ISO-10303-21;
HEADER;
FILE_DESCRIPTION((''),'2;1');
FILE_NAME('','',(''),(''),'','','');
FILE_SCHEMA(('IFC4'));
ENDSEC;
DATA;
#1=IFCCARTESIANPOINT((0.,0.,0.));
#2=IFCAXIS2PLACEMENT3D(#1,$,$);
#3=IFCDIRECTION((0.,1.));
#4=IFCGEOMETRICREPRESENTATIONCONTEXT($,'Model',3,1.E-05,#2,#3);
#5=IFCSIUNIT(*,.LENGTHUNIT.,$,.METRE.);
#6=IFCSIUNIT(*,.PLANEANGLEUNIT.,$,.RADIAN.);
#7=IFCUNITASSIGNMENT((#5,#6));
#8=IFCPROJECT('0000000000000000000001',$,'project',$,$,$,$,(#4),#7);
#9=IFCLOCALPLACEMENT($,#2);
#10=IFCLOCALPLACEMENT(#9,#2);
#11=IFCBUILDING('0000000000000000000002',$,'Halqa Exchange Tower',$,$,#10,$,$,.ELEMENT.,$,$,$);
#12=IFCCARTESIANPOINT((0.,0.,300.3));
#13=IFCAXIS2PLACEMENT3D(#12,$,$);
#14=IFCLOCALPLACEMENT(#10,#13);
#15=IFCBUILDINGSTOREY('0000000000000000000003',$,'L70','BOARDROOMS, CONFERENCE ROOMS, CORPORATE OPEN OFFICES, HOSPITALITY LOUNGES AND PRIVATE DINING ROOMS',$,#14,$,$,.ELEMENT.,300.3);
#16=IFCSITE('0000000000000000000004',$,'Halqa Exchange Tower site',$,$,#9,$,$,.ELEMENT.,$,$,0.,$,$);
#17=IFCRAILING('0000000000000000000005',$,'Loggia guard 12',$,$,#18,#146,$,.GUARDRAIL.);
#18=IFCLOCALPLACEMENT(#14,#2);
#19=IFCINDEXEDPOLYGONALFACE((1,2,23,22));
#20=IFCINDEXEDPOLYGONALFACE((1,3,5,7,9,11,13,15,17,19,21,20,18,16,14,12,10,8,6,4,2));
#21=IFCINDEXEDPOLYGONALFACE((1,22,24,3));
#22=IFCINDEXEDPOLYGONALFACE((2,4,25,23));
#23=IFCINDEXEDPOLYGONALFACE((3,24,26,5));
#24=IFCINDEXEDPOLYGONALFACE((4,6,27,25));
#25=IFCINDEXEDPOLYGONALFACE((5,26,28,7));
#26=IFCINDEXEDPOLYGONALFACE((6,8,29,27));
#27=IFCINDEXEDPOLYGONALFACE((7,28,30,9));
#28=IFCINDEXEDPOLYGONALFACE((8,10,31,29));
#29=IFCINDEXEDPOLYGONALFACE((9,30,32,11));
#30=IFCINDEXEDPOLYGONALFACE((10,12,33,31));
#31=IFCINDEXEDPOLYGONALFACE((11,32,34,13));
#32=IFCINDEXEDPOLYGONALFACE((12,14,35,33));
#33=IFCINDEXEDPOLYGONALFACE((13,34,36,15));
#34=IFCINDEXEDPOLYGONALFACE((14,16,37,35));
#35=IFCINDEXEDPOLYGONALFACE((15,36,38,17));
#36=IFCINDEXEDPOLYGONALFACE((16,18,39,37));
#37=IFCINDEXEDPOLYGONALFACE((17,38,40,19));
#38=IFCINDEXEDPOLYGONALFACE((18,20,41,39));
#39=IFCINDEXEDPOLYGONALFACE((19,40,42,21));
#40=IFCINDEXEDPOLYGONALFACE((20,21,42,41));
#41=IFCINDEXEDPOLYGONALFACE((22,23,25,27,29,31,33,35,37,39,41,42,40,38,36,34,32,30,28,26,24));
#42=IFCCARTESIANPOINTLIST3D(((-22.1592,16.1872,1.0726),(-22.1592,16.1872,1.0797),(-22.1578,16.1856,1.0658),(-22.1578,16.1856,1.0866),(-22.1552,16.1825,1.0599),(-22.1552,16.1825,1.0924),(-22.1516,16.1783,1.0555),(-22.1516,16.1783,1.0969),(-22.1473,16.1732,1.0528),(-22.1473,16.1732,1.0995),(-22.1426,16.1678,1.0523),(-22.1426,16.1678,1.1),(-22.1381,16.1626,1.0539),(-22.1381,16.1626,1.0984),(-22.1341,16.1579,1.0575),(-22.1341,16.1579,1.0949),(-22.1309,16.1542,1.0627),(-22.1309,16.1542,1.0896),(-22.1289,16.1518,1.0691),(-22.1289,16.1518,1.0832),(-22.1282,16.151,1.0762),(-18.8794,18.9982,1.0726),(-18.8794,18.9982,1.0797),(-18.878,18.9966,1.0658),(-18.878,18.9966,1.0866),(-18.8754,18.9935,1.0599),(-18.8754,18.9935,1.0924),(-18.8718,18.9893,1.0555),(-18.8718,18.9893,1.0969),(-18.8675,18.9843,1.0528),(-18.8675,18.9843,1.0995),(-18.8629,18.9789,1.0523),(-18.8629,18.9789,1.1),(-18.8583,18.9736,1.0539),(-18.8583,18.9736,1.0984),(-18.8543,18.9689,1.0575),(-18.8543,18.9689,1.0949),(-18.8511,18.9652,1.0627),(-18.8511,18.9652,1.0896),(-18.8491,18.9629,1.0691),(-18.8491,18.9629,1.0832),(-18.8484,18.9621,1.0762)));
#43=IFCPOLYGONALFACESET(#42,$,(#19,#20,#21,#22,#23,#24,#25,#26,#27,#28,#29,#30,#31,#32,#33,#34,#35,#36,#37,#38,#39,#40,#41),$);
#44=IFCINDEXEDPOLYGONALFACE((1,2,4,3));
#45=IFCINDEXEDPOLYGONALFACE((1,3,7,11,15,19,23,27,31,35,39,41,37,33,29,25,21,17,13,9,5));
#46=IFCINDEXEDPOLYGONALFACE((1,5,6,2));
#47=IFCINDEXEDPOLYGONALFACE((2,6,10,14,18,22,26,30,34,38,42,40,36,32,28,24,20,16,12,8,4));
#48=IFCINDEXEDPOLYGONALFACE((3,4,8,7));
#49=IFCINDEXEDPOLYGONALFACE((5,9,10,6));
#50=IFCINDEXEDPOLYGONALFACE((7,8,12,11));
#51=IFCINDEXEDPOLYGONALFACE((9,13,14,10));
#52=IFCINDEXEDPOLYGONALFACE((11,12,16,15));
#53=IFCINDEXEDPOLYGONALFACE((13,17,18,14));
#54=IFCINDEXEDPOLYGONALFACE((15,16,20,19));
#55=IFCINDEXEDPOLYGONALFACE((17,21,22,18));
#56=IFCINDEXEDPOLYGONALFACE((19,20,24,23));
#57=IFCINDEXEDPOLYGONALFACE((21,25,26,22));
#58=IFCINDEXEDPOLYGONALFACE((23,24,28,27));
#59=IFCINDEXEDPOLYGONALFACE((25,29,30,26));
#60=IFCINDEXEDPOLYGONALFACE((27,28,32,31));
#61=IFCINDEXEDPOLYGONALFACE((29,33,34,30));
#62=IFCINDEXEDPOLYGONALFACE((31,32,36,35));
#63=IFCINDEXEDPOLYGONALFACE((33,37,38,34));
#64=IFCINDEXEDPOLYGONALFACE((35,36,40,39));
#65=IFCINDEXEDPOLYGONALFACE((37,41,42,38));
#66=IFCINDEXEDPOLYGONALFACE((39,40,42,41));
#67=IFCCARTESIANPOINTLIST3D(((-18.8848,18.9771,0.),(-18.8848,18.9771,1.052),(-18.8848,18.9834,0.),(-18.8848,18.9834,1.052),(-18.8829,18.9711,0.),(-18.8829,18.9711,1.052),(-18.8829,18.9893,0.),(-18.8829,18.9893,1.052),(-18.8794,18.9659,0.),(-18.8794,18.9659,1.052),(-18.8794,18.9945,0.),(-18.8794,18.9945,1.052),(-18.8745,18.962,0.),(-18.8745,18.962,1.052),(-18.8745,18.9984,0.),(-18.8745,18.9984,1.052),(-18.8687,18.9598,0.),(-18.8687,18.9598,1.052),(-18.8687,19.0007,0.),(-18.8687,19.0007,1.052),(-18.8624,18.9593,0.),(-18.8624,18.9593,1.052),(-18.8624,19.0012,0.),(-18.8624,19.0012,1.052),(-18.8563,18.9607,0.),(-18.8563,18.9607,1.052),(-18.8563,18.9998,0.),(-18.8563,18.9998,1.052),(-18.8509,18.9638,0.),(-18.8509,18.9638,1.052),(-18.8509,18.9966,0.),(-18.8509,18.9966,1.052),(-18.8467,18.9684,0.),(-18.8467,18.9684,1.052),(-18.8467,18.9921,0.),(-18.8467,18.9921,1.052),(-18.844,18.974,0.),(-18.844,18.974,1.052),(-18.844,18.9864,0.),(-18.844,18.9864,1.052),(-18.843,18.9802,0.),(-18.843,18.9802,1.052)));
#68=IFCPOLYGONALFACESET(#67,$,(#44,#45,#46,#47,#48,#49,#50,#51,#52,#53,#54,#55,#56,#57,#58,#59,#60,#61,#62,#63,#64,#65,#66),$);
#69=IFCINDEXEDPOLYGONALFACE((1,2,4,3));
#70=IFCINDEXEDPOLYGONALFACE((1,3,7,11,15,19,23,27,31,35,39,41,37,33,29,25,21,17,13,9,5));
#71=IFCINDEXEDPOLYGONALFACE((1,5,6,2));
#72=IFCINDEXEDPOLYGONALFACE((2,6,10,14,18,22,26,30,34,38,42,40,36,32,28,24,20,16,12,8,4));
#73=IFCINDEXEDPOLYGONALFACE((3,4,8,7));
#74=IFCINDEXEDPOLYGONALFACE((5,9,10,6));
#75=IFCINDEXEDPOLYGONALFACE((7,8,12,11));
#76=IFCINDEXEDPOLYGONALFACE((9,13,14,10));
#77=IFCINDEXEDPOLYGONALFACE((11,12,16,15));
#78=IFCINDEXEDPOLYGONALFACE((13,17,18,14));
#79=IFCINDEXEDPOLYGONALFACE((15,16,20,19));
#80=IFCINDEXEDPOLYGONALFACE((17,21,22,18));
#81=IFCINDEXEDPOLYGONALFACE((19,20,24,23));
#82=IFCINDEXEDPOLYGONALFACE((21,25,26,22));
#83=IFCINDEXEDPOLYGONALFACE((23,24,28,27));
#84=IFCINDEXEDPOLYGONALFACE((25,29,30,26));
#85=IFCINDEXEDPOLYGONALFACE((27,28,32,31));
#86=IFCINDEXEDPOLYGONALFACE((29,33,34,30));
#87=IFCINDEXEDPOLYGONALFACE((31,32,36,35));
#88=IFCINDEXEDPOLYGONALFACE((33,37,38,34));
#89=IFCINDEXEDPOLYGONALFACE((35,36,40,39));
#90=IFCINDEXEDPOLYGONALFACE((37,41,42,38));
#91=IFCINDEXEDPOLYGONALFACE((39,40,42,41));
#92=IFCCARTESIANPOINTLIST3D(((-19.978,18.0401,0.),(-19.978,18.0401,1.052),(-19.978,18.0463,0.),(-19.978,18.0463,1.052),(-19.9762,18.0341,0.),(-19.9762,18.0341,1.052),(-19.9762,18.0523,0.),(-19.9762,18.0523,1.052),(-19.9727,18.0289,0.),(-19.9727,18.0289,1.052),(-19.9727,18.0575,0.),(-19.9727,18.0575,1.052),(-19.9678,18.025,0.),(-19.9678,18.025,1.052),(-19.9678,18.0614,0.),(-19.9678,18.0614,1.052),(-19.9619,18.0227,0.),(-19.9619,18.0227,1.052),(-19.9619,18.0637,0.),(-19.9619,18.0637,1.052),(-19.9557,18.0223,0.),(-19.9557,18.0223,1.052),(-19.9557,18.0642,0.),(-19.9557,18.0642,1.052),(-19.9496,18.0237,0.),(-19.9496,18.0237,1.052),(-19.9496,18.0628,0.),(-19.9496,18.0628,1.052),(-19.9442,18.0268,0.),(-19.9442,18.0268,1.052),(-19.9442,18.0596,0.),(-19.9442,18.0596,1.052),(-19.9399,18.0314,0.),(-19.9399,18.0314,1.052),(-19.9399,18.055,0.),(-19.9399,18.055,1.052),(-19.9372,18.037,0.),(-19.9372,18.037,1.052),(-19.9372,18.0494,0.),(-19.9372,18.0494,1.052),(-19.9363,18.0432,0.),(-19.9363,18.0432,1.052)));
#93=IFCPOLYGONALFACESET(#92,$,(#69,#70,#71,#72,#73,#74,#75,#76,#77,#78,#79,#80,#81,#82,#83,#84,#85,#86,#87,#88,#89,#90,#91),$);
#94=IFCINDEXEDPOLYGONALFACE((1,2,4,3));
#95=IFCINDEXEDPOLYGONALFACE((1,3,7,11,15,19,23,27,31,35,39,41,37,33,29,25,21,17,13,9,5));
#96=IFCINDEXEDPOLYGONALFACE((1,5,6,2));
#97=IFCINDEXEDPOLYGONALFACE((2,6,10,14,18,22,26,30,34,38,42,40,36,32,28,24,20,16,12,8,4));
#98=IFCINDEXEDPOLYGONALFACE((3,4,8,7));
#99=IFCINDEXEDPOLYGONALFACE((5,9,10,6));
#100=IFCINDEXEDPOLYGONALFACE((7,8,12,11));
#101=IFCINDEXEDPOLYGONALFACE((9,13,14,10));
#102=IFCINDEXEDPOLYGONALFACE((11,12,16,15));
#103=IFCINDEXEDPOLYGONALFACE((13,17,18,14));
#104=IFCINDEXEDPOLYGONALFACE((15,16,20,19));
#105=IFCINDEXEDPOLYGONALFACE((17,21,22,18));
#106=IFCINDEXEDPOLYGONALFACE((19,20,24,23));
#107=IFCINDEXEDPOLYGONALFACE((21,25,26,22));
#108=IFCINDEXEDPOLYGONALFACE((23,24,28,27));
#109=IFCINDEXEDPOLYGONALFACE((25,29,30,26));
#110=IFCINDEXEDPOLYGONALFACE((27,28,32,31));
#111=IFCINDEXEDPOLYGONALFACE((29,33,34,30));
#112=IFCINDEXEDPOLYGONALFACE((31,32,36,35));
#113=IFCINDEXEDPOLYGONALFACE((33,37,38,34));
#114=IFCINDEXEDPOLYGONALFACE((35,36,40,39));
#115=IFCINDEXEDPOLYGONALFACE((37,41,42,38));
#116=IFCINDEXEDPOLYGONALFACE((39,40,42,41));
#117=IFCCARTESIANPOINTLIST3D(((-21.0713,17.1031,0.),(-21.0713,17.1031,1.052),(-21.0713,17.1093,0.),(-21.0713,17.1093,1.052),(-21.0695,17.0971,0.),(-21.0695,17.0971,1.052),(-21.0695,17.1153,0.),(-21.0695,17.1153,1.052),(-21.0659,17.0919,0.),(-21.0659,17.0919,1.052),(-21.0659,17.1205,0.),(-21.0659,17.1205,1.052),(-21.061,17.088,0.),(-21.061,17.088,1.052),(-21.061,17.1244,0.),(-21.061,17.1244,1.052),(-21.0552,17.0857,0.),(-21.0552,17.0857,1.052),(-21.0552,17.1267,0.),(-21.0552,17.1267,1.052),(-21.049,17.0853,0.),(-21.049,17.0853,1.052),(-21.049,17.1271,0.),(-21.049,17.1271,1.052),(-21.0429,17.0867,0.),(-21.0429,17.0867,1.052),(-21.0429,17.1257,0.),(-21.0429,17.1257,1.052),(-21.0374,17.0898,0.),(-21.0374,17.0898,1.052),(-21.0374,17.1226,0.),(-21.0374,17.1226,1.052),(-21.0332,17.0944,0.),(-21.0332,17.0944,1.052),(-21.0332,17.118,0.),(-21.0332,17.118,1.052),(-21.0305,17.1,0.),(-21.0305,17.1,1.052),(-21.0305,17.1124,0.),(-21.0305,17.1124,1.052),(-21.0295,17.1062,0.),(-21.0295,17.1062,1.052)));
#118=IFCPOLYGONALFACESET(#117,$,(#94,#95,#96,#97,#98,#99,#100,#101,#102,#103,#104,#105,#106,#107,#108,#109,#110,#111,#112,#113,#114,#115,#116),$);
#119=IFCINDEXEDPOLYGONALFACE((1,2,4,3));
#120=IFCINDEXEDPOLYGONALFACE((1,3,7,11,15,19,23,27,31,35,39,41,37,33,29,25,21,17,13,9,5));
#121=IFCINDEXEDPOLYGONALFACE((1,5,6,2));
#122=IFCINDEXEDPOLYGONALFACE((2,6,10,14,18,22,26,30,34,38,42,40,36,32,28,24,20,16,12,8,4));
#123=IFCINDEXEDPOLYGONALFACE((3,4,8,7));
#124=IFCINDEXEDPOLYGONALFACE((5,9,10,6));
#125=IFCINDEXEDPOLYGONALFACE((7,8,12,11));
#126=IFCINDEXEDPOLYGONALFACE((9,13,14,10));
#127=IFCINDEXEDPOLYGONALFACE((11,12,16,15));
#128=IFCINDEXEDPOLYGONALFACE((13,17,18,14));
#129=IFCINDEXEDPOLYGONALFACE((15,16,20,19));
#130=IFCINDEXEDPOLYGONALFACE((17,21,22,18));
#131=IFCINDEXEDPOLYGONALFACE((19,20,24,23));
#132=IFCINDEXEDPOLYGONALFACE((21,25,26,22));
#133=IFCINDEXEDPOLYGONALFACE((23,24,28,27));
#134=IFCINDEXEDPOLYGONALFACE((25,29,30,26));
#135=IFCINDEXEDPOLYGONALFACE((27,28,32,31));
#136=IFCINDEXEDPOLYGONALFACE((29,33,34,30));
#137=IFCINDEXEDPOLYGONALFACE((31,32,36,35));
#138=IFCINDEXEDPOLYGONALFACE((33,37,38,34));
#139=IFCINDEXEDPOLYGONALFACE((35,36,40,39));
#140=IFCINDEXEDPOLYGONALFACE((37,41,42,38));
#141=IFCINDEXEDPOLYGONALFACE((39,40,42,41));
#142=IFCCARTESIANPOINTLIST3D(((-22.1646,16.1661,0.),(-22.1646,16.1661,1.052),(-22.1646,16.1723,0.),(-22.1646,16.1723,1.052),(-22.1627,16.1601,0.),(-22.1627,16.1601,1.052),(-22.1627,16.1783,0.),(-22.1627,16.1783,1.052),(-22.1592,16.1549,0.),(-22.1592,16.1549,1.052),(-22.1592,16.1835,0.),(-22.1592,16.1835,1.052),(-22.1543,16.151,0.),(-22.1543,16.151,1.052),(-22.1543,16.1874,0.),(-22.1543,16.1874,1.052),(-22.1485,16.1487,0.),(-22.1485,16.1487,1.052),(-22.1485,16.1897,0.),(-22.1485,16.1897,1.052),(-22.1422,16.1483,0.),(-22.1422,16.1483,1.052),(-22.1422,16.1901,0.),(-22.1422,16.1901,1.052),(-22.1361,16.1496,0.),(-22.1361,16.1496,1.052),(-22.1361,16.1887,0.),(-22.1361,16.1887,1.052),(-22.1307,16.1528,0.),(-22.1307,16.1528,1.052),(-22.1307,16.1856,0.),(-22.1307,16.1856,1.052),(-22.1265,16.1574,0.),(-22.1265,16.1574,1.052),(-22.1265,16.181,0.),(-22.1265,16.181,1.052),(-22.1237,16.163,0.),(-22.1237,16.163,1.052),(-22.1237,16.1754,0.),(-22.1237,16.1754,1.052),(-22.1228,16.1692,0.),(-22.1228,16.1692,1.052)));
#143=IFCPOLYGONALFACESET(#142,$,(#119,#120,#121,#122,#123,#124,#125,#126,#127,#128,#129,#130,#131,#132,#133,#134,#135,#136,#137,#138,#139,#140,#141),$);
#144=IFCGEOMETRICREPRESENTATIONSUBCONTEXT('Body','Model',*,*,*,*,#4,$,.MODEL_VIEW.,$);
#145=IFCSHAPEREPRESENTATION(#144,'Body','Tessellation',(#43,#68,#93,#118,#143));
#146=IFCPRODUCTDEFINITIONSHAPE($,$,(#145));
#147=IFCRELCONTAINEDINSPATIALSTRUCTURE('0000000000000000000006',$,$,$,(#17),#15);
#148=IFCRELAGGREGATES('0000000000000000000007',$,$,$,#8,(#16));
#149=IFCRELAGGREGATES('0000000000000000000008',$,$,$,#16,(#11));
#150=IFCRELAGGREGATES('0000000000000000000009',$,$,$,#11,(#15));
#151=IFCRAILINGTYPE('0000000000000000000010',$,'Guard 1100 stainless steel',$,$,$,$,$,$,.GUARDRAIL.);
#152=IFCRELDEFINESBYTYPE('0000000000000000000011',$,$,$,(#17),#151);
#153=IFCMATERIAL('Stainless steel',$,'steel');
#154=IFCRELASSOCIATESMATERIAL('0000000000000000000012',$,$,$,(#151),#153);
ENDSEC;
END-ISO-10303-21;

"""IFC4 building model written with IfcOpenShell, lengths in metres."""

from ifc_helpers import new_model, si_unit, direction, frame, origin, origin_2d, place, context, subcontext, project, spatial, circle, extrude, material, type_object, element, save


model = new_model("IFC4")

# Units and contexts
model_context = context("Model", 3, precision=1e-05, world=origin(), true_north=direction((0.0, 1.0)))
body_context = subcontext(model_context, "Body", "Model", "MODEL_VIEW")
ifc_project = project(units=[si_unit("LENGTHUNIT", "METRE"), si_unit("PLANEANGLEUNIT", "RADIAN")], contexts=[model_context])

# Site, building, storey
site_placement = place(None, origin())
site = spatial("IfcSite", under=ifc_project, at=site_placement, Name="Halqa Exchange Tower site", CompositionType="ELEMENT", RefElevation=0.0)
building_placement = place(site_placement, origin())
building = spatial("IfcBuilding", under=site, at=building_placement, Name="Halqa Exchange Tower", CompositionType="ELEMENT")
storey_placement = place(building_placement, frame((0.0, 0.0, 300.3)))
storey = spatial("IfcBuildingStorey", under=building, at=storey_placement, Name="L70", Description="BOARDROOMS, CONFERENCE ROOMS, CORPORATE OPEN OFFICES, HOSPITALITY LOUNGES AND PRIVATE DINING ROOMS", CompositionType="ELEMENT", Elevation=300.3)

# Railing
ifc_material_1 = material(Name="Stainless steel", Category="steel")
railing_type = type_object("IfcRailingType", Name="Guard 1100 stainless steel", PredefinedType="GUARDRAIL", material=ifc_material_1)
railing_1_placement = place(storey_placement, frame((-18.864, 18.9802, 0.0)))
element("IfcRailing", 1, at=railing_1_placement, inside=storey, type_object=railing_type, Name="Loggia guard 12", PredefinedType="GUARDRAIL", context=body_context, shape_type="SweptSolid", body=[
    extrude(circle(Radius=0.0239, at=origin_2d()), frame((0.0, 0.0, 1.0762), z_axis=(-0.759281, -0.650763, 0.0), x_axis=(0.650763, -0.759281, 0.0)), (0.0, 0.0, 1.0), 4.3196),
    extrude(circle(Radius=0.021, at=origin_2d()), origin(), (0.0, 0.0, 1.0), 1.052),
    extrude(circle(Radius=0.021, at=origin_2d()), frame((-1.0933, -0.937, 0.0)), (0.0, 0.0, 1.0), 1.052),
    extrude(circle(Radius=0.021, at=origin_2d()), frame((-2.1865, -1.874, 0.0)), (0.0, 0.0, 1.0), 1.052),
    extrude(circle(Radius=0.021, at=origin_2d()), frame((-3.2798, -2.811, 0.0)), (0.0, 0.0, 1.0), 1.052),
])

save(model, "model.ifc")
